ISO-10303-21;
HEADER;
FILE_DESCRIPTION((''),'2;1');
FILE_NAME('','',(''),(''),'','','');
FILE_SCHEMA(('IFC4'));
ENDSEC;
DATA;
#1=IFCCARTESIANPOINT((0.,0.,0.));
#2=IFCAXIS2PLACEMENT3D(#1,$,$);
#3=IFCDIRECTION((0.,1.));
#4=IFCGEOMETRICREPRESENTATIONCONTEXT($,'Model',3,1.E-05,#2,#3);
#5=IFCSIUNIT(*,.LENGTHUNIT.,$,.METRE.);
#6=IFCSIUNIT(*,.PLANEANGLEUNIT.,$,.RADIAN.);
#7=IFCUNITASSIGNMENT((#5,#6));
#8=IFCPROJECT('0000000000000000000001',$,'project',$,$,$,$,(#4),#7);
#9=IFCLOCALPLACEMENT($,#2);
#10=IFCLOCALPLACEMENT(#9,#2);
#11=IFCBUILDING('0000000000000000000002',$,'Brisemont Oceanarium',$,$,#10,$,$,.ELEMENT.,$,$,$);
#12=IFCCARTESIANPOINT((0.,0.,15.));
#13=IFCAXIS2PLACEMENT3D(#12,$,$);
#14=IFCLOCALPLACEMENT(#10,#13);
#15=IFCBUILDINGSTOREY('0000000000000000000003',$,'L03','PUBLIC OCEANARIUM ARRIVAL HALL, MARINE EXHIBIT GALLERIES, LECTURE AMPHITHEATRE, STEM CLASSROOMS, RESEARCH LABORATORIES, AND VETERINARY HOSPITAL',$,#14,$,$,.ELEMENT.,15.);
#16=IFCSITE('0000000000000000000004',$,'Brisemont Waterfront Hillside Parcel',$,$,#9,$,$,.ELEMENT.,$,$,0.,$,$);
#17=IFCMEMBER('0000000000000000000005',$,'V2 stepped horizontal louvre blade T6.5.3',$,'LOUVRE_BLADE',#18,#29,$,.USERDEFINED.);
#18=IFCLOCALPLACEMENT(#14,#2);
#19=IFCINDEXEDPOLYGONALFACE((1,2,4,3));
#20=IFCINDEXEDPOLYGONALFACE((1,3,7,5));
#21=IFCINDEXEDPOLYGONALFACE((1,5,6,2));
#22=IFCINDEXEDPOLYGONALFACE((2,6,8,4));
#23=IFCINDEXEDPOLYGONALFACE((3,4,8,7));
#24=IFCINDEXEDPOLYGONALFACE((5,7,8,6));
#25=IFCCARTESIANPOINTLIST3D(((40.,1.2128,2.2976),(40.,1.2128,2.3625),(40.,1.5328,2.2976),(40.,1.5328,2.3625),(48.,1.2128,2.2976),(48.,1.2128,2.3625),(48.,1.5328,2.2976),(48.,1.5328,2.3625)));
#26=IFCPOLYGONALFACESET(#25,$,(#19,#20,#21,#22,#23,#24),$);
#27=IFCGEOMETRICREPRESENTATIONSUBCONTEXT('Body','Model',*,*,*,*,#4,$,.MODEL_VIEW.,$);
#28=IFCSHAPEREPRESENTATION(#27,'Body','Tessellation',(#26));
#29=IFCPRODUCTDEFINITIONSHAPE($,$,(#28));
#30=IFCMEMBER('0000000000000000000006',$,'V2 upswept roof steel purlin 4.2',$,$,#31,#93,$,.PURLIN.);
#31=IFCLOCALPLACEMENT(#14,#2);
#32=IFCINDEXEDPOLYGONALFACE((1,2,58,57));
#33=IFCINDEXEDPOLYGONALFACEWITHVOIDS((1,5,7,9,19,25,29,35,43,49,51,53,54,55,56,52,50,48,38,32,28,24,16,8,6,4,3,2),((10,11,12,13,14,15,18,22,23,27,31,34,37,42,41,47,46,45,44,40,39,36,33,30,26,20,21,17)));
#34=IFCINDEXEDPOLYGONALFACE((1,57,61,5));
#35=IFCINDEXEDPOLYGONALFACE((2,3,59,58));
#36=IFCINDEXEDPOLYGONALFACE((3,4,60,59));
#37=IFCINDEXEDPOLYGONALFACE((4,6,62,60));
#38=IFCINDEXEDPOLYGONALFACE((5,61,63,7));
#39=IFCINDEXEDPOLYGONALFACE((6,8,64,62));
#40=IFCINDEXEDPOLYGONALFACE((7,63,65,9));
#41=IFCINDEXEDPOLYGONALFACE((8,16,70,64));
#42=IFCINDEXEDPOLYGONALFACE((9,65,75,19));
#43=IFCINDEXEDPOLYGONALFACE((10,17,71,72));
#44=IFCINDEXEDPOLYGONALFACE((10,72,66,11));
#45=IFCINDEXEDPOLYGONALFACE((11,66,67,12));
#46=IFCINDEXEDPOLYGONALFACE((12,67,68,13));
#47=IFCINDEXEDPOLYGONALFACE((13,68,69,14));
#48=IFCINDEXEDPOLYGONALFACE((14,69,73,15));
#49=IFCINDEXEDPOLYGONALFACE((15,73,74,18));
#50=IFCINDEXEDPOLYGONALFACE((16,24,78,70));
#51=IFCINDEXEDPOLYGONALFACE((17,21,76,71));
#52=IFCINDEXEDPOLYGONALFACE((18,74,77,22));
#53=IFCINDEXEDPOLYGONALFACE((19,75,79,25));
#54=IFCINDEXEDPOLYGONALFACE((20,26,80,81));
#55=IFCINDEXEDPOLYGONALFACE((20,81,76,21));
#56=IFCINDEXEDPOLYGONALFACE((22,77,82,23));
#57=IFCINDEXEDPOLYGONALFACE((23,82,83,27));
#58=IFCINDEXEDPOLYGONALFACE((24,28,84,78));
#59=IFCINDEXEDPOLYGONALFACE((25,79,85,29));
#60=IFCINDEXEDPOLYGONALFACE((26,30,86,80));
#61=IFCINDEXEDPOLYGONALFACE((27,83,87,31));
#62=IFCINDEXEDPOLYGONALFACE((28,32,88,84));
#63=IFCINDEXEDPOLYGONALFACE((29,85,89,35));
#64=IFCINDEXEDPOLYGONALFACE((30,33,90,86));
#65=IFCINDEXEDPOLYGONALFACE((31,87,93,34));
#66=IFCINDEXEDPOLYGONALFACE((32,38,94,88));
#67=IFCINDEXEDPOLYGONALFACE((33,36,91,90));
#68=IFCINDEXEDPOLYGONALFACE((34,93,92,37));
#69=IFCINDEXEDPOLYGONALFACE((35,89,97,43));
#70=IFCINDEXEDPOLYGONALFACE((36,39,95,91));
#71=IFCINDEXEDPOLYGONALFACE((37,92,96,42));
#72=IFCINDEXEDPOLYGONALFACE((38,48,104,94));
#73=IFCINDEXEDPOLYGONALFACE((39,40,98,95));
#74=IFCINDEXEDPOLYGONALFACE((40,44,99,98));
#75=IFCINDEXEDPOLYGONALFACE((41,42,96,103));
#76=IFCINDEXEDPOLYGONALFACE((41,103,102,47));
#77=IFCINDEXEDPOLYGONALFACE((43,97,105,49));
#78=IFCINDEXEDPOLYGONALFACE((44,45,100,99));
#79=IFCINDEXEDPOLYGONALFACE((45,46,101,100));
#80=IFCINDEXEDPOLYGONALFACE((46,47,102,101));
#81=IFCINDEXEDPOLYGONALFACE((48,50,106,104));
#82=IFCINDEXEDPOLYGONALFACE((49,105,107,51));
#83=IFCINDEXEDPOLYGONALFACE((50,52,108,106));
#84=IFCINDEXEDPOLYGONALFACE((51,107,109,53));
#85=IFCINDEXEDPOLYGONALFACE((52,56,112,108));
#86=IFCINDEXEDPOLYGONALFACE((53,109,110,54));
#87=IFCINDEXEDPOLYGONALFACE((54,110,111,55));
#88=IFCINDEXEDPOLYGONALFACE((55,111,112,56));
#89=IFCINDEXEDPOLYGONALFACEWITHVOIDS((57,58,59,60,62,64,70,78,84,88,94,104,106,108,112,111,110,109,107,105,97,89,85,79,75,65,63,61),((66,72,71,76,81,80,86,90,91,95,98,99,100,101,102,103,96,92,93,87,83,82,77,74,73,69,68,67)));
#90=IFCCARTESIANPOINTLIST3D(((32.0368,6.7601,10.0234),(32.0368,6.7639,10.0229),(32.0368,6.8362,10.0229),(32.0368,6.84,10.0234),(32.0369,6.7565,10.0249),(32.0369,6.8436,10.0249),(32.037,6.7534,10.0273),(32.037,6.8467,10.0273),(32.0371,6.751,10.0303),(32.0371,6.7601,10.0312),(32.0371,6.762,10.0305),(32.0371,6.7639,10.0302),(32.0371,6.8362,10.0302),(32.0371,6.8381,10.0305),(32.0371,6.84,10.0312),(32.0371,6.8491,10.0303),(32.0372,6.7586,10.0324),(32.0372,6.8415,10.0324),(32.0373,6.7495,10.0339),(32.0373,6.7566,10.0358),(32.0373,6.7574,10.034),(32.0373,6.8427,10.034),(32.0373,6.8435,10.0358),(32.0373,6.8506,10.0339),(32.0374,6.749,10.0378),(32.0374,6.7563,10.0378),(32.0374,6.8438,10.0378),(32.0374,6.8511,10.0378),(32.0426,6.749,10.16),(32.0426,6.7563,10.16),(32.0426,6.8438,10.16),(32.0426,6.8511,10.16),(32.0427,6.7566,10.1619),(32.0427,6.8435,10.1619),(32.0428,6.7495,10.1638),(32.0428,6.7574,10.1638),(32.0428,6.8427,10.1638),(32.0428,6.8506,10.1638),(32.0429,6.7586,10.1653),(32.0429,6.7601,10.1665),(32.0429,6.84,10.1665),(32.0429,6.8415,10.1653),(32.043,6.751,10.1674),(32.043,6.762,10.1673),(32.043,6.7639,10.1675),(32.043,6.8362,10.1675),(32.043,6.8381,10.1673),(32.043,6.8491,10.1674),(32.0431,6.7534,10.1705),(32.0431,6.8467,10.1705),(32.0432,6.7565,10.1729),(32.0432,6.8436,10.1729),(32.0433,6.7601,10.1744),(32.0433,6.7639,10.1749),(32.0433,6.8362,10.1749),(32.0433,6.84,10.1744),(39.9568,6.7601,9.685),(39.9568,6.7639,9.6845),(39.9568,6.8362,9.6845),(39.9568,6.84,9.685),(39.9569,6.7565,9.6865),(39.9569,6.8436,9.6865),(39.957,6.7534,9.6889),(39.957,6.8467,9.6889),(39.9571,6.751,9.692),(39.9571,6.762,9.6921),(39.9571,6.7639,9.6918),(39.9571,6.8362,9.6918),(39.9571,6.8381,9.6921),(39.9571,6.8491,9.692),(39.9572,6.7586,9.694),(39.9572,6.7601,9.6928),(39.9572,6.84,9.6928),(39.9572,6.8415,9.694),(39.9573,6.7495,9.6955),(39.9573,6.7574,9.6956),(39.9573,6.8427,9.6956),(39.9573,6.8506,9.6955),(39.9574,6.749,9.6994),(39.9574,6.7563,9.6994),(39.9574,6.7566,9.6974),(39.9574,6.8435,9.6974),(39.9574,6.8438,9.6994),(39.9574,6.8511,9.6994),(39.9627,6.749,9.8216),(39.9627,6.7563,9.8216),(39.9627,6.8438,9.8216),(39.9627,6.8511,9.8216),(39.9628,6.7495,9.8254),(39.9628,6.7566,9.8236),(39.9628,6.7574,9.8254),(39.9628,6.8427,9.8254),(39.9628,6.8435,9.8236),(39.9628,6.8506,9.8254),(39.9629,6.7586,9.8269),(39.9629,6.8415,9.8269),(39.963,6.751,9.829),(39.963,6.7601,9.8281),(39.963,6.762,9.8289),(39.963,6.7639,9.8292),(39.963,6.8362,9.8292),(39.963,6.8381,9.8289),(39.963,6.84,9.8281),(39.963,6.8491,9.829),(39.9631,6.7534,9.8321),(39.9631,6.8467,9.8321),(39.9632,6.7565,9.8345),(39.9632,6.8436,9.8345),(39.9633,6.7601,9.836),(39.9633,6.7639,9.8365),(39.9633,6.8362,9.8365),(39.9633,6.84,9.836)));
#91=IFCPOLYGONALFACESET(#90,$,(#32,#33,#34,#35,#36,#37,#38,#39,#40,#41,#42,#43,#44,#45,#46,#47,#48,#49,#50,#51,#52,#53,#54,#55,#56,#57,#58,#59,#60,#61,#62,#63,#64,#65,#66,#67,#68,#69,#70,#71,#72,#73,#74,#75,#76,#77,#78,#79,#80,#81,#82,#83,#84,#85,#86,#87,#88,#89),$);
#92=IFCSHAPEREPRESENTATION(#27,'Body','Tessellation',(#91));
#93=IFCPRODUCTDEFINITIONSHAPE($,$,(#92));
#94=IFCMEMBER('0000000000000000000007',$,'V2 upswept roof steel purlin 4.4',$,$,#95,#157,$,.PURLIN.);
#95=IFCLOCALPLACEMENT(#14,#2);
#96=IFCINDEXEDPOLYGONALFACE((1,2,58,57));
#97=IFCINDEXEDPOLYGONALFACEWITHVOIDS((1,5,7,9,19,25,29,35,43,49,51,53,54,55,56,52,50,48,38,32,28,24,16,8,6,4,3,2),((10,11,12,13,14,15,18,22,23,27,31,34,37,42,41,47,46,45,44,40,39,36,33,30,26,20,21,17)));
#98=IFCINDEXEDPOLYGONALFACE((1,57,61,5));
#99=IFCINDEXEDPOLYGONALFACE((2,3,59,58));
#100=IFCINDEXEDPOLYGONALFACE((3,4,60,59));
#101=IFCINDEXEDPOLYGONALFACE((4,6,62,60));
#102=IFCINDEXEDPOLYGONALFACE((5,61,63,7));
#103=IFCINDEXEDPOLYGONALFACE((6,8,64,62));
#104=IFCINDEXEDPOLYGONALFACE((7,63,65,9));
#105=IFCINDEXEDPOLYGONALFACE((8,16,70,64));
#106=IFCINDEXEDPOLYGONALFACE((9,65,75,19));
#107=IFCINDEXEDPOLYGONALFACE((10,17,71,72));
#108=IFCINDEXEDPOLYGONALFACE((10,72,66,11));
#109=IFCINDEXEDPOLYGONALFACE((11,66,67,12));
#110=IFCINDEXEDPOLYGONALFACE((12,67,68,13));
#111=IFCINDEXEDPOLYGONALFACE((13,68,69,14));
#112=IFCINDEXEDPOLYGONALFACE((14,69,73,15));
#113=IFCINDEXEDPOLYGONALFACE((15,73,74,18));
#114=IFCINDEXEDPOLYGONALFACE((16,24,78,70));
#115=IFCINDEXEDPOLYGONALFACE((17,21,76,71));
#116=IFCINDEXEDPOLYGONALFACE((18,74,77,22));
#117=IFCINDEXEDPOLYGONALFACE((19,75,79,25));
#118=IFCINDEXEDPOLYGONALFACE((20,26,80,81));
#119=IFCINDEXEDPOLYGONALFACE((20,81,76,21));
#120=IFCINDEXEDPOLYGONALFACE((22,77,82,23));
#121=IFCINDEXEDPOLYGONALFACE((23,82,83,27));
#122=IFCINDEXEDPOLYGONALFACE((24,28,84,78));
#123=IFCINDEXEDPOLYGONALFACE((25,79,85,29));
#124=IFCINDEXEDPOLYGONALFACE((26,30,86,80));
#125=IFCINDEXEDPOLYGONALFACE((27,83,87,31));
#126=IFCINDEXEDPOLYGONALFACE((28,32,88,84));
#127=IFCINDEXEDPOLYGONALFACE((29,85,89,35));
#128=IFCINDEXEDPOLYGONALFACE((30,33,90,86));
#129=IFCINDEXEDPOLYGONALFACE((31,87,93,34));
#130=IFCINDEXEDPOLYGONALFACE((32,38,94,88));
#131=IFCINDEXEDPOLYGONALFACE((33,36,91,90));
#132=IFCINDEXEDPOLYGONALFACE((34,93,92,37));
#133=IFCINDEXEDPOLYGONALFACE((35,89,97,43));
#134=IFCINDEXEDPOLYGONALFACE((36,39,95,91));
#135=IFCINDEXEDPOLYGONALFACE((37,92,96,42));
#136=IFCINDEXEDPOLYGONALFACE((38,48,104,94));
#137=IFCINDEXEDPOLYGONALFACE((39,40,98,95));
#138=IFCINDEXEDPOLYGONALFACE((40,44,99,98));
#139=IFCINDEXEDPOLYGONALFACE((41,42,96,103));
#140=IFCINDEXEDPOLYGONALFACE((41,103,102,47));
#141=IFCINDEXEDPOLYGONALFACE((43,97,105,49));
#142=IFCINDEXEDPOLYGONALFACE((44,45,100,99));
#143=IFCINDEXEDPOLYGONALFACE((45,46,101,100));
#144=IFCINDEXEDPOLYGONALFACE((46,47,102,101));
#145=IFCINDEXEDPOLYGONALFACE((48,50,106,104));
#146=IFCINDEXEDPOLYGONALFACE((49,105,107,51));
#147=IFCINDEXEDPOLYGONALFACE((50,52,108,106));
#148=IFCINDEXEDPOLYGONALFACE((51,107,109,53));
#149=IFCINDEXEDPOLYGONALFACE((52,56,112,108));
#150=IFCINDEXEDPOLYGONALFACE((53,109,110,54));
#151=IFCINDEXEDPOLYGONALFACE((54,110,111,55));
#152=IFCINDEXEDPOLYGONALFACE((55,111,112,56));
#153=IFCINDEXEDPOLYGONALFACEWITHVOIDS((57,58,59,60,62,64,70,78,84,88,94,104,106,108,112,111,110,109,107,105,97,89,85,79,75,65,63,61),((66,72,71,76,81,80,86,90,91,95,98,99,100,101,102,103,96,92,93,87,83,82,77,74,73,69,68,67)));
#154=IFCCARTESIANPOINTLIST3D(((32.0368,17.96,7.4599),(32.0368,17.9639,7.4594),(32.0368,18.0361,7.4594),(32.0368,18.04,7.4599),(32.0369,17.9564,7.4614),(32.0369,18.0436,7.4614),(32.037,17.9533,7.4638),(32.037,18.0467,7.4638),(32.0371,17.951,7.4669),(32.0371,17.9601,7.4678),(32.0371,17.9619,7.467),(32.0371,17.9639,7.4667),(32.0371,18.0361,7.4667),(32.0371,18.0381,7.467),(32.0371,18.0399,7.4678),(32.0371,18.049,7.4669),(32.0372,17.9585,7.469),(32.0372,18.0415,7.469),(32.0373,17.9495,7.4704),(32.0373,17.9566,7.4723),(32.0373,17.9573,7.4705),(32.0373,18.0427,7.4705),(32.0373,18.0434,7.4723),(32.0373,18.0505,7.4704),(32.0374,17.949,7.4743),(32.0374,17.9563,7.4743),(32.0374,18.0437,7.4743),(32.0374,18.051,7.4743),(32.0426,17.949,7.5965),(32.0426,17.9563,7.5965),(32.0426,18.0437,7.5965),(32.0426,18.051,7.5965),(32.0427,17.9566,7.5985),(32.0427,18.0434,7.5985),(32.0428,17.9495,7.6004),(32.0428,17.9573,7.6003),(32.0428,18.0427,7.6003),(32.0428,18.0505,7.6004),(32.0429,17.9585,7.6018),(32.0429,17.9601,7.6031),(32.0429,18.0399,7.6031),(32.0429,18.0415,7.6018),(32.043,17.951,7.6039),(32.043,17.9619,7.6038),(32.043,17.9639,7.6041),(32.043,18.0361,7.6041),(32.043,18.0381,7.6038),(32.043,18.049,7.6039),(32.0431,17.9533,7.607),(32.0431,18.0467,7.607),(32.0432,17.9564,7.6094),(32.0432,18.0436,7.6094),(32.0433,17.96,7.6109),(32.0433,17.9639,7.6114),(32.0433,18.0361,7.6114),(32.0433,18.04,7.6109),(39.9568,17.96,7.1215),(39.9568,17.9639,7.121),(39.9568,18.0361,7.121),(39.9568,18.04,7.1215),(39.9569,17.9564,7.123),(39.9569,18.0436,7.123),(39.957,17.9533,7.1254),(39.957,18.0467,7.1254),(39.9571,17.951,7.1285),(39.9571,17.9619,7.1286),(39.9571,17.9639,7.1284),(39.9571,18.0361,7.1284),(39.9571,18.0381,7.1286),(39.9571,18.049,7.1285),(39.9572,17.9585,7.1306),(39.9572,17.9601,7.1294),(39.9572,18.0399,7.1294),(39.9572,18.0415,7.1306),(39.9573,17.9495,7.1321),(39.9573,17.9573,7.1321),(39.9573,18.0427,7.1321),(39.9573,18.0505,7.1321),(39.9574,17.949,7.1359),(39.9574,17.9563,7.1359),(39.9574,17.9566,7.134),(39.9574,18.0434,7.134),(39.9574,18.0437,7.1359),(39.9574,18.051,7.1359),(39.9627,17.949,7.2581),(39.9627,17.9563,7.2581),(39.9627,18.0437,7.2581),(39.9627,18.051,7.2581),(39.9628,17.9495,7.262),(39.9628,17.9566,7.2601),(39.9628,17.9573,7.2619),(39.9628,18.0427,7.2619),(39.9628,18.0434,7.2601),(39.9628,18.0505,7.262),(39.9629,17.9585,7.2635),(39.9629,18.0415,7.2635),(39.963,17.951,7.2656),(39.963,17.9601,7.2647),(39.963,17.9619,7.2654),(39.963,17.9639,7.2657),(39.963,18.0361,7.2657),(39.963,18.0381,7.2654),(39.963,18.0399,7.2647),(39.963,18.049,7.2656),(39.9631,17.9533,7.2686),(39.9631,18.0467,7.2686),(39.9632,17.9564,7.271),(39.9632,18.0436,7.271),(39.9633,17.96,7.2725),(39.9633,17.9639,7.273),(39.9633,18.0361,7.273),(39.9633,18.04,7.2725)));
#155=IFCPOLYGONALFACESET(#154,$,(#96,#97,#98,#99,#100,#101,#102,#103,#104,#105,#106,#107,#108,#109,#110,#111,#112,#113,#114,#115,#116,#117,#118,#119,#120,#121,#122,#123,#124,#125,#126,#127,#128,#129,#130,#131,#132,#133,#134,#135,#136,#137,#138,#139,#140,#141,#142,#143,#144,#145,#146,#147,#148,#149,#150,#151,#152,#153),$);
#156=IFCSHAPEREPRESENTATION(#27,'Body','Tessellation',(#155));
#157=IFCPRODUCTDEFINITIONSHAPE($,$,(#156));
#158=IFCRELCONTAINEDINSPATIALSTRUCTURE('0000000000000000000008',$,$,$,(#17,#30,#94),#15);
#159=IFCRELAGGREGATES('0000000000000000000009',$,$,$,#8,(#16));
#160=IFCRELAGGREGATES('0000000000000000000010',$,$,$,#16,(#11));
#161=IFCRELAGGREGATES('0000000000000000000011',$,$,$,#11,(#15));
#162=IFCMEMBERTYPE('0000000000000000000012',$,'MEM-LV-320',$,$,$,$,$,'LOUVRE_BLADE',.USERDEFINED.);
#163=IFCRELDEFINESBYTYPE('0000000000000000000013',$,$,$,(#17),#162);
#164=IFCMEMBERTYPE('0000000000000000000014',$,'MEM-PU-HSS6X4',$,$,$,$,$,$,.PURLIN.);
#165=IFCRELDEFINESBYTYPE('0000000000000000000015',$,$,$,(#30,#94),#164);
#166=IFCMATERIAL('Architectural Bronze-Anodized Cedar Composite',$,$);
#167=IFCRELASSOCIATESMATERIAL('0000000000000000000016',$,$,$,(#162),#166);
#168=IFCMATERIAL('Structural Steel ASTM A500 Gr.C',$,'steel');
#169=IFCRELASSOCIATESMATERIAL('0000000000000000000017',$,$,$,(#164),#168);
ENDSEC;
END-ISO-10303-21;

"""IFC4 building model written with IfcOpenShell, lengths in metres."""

from ifc_helpers import new_model, si_unit, direction, frame, origin, origin_2d, place, context, subcontext, project, spatial, rectangle, hollow_rectangle, extrude, material, material_profile, profile_set, type_object, element, save


model = new_model("IFC4")

# Units and contexts
model_context = context("Model", 3, precision=1e-05, world=origin(), true_north=direction((0.0, 1.0)))
body_context = subcontext(model_context, "Body", "Model", "MODEL_VIEW")
ifc_project = project(units=[si_unit("LENGTHUNIT", "METRE"), si_unit("PLANEANGLEUNIT", "RADIAN")], contexts=[model_context])

# Site, building, storey
site_placement = place(None, origin())
site = spatial("IfcSite", under=ifc_project, at=site_placement, Name="Brisemont Waterfront Hillside Parcel", CompositionType="ELEMENT", RefElevation=0.0)
building_placement = place(site_placement, origin())
building = spatial("IfcBuilding", under=site, at=building_placement, Name="Brisemont Oceanarium", CompositionType="ELEMENT")
storey_placement = place(building_placement, frame((0.0, 0.0, 15.0)))
storey = spatial("IfcBuildingStorey", under=building, at=storey_placement, Name="L03", Description="PUBLIC OCEANARIUM ARRIVAL HALL, MARINE EXHIBIT GALLERIES, LECTURE AMPHITHEATRE, STEM CLASSROOMS, RESEARCH LABORATORIES, AND VETERINARY HOSPITAL", CompositionType="ELEMENT", Elevation=15.0)

# Members
ifc_material_1 = material(Name="Architectural Bronze-Anodized Cedar Composite")
ifc_material_profile_1 = material_profile(ifc_material_1, rectangle(XDim=0.3201, YDim=0.0649, at=origin_2d()), Name="LOUVRE-320X65")
ifc_profile_set_1 = profile_set([ifc_material_profile_1], Name="Architectural Bronze-Anodized Cedar Composite")
member_type_1 = type_object("IfcMemberType", Name="MEM-LV-320", ElementType="LOUVRE_BLADE", PredefinedType="USERDEFINED", material=ifc_profile_set_1)
for number, where, z_axis, x_axis, name in (
    (1, (40.0, 1.3728, 2.3301), (1.0, 0.0, 0.0), (0.0, 1.0, 0.0), "V2 stepped horizontal louvre blade T6.5.3"),
):
    element("IfcMember", number, at=place(storey_placement, frame(where, z_axis=z_axis, x_axis=x_axis)), inside=storey, type_object=member_type_1, Name=name, ObjectType="LOUVRE_BLADE", PredefinedType="USERDEFINED", context=body_context, shape_type="SweptSolid", body=[
        extrude(rectangle(XDim=0.3201, YDim=0.0649, at=origin_2d()), origin(), (0.0, 0.0, 1.0), 8.0),
    ])
ifc_material_2 = material(Name="Structural Steel ASTM A500 Gr.C", Category="steel")
ifc_material_profile_2 = material_profile(ifc_material_2, hollow_rectangle(XDim=0.1021, YDim=0.1521, WallThickness=0.0073, InnerFilletRadius=0.0076, OuterFilletRadius=0.0149, at=origin_2d()), Name="HSS6X4X5/16")
ifc_profile_set_2 = profile_set([ifc_material_profile_2], Name="Structural Steel ASTM A500 Gr.C")
member_type_2 = type_object("IfcMemberType", Name="MEM-PU-HSS6X4", PredefinedType="PURLIN", material=ifc_profile_set_2)
for number, where, z_axis, x_axis, name in (
    (2, (32.04, 6.8, 10.0989), (0.999089, 0.0, -0.042686), (0.0, 1.0, 0.0), "V2 upswept roof steel purlin 4.2"),
    (3, (32.04, 18.0, 7.5354), (0.999089, 0.0, -0.042686), (0.0, 1.0, 0.0), "V2 upswept roof steel purlin 4.4"),
):
    element("IfcMember", number, at=place(storey_placement, frame(where, z_axis=z_axis, x_axis=x_axis)), inside=storey, type_object=member_type_2, Name=name, PredefinedType="PURLIN", context=body_context, shape_type="SweptSolid", body=[
        extrude(hollow_rectangle(XDim=0.1021, YDim=0.1521, WallThickness=0.0073, InnerFilletRadius=0.0076, OuterFilletRadius=0.0149, at=origin_2d()), origin(), (0.0, 0.0, 1.0), 7.9272),
    ])

save(model, "model.ifc")
